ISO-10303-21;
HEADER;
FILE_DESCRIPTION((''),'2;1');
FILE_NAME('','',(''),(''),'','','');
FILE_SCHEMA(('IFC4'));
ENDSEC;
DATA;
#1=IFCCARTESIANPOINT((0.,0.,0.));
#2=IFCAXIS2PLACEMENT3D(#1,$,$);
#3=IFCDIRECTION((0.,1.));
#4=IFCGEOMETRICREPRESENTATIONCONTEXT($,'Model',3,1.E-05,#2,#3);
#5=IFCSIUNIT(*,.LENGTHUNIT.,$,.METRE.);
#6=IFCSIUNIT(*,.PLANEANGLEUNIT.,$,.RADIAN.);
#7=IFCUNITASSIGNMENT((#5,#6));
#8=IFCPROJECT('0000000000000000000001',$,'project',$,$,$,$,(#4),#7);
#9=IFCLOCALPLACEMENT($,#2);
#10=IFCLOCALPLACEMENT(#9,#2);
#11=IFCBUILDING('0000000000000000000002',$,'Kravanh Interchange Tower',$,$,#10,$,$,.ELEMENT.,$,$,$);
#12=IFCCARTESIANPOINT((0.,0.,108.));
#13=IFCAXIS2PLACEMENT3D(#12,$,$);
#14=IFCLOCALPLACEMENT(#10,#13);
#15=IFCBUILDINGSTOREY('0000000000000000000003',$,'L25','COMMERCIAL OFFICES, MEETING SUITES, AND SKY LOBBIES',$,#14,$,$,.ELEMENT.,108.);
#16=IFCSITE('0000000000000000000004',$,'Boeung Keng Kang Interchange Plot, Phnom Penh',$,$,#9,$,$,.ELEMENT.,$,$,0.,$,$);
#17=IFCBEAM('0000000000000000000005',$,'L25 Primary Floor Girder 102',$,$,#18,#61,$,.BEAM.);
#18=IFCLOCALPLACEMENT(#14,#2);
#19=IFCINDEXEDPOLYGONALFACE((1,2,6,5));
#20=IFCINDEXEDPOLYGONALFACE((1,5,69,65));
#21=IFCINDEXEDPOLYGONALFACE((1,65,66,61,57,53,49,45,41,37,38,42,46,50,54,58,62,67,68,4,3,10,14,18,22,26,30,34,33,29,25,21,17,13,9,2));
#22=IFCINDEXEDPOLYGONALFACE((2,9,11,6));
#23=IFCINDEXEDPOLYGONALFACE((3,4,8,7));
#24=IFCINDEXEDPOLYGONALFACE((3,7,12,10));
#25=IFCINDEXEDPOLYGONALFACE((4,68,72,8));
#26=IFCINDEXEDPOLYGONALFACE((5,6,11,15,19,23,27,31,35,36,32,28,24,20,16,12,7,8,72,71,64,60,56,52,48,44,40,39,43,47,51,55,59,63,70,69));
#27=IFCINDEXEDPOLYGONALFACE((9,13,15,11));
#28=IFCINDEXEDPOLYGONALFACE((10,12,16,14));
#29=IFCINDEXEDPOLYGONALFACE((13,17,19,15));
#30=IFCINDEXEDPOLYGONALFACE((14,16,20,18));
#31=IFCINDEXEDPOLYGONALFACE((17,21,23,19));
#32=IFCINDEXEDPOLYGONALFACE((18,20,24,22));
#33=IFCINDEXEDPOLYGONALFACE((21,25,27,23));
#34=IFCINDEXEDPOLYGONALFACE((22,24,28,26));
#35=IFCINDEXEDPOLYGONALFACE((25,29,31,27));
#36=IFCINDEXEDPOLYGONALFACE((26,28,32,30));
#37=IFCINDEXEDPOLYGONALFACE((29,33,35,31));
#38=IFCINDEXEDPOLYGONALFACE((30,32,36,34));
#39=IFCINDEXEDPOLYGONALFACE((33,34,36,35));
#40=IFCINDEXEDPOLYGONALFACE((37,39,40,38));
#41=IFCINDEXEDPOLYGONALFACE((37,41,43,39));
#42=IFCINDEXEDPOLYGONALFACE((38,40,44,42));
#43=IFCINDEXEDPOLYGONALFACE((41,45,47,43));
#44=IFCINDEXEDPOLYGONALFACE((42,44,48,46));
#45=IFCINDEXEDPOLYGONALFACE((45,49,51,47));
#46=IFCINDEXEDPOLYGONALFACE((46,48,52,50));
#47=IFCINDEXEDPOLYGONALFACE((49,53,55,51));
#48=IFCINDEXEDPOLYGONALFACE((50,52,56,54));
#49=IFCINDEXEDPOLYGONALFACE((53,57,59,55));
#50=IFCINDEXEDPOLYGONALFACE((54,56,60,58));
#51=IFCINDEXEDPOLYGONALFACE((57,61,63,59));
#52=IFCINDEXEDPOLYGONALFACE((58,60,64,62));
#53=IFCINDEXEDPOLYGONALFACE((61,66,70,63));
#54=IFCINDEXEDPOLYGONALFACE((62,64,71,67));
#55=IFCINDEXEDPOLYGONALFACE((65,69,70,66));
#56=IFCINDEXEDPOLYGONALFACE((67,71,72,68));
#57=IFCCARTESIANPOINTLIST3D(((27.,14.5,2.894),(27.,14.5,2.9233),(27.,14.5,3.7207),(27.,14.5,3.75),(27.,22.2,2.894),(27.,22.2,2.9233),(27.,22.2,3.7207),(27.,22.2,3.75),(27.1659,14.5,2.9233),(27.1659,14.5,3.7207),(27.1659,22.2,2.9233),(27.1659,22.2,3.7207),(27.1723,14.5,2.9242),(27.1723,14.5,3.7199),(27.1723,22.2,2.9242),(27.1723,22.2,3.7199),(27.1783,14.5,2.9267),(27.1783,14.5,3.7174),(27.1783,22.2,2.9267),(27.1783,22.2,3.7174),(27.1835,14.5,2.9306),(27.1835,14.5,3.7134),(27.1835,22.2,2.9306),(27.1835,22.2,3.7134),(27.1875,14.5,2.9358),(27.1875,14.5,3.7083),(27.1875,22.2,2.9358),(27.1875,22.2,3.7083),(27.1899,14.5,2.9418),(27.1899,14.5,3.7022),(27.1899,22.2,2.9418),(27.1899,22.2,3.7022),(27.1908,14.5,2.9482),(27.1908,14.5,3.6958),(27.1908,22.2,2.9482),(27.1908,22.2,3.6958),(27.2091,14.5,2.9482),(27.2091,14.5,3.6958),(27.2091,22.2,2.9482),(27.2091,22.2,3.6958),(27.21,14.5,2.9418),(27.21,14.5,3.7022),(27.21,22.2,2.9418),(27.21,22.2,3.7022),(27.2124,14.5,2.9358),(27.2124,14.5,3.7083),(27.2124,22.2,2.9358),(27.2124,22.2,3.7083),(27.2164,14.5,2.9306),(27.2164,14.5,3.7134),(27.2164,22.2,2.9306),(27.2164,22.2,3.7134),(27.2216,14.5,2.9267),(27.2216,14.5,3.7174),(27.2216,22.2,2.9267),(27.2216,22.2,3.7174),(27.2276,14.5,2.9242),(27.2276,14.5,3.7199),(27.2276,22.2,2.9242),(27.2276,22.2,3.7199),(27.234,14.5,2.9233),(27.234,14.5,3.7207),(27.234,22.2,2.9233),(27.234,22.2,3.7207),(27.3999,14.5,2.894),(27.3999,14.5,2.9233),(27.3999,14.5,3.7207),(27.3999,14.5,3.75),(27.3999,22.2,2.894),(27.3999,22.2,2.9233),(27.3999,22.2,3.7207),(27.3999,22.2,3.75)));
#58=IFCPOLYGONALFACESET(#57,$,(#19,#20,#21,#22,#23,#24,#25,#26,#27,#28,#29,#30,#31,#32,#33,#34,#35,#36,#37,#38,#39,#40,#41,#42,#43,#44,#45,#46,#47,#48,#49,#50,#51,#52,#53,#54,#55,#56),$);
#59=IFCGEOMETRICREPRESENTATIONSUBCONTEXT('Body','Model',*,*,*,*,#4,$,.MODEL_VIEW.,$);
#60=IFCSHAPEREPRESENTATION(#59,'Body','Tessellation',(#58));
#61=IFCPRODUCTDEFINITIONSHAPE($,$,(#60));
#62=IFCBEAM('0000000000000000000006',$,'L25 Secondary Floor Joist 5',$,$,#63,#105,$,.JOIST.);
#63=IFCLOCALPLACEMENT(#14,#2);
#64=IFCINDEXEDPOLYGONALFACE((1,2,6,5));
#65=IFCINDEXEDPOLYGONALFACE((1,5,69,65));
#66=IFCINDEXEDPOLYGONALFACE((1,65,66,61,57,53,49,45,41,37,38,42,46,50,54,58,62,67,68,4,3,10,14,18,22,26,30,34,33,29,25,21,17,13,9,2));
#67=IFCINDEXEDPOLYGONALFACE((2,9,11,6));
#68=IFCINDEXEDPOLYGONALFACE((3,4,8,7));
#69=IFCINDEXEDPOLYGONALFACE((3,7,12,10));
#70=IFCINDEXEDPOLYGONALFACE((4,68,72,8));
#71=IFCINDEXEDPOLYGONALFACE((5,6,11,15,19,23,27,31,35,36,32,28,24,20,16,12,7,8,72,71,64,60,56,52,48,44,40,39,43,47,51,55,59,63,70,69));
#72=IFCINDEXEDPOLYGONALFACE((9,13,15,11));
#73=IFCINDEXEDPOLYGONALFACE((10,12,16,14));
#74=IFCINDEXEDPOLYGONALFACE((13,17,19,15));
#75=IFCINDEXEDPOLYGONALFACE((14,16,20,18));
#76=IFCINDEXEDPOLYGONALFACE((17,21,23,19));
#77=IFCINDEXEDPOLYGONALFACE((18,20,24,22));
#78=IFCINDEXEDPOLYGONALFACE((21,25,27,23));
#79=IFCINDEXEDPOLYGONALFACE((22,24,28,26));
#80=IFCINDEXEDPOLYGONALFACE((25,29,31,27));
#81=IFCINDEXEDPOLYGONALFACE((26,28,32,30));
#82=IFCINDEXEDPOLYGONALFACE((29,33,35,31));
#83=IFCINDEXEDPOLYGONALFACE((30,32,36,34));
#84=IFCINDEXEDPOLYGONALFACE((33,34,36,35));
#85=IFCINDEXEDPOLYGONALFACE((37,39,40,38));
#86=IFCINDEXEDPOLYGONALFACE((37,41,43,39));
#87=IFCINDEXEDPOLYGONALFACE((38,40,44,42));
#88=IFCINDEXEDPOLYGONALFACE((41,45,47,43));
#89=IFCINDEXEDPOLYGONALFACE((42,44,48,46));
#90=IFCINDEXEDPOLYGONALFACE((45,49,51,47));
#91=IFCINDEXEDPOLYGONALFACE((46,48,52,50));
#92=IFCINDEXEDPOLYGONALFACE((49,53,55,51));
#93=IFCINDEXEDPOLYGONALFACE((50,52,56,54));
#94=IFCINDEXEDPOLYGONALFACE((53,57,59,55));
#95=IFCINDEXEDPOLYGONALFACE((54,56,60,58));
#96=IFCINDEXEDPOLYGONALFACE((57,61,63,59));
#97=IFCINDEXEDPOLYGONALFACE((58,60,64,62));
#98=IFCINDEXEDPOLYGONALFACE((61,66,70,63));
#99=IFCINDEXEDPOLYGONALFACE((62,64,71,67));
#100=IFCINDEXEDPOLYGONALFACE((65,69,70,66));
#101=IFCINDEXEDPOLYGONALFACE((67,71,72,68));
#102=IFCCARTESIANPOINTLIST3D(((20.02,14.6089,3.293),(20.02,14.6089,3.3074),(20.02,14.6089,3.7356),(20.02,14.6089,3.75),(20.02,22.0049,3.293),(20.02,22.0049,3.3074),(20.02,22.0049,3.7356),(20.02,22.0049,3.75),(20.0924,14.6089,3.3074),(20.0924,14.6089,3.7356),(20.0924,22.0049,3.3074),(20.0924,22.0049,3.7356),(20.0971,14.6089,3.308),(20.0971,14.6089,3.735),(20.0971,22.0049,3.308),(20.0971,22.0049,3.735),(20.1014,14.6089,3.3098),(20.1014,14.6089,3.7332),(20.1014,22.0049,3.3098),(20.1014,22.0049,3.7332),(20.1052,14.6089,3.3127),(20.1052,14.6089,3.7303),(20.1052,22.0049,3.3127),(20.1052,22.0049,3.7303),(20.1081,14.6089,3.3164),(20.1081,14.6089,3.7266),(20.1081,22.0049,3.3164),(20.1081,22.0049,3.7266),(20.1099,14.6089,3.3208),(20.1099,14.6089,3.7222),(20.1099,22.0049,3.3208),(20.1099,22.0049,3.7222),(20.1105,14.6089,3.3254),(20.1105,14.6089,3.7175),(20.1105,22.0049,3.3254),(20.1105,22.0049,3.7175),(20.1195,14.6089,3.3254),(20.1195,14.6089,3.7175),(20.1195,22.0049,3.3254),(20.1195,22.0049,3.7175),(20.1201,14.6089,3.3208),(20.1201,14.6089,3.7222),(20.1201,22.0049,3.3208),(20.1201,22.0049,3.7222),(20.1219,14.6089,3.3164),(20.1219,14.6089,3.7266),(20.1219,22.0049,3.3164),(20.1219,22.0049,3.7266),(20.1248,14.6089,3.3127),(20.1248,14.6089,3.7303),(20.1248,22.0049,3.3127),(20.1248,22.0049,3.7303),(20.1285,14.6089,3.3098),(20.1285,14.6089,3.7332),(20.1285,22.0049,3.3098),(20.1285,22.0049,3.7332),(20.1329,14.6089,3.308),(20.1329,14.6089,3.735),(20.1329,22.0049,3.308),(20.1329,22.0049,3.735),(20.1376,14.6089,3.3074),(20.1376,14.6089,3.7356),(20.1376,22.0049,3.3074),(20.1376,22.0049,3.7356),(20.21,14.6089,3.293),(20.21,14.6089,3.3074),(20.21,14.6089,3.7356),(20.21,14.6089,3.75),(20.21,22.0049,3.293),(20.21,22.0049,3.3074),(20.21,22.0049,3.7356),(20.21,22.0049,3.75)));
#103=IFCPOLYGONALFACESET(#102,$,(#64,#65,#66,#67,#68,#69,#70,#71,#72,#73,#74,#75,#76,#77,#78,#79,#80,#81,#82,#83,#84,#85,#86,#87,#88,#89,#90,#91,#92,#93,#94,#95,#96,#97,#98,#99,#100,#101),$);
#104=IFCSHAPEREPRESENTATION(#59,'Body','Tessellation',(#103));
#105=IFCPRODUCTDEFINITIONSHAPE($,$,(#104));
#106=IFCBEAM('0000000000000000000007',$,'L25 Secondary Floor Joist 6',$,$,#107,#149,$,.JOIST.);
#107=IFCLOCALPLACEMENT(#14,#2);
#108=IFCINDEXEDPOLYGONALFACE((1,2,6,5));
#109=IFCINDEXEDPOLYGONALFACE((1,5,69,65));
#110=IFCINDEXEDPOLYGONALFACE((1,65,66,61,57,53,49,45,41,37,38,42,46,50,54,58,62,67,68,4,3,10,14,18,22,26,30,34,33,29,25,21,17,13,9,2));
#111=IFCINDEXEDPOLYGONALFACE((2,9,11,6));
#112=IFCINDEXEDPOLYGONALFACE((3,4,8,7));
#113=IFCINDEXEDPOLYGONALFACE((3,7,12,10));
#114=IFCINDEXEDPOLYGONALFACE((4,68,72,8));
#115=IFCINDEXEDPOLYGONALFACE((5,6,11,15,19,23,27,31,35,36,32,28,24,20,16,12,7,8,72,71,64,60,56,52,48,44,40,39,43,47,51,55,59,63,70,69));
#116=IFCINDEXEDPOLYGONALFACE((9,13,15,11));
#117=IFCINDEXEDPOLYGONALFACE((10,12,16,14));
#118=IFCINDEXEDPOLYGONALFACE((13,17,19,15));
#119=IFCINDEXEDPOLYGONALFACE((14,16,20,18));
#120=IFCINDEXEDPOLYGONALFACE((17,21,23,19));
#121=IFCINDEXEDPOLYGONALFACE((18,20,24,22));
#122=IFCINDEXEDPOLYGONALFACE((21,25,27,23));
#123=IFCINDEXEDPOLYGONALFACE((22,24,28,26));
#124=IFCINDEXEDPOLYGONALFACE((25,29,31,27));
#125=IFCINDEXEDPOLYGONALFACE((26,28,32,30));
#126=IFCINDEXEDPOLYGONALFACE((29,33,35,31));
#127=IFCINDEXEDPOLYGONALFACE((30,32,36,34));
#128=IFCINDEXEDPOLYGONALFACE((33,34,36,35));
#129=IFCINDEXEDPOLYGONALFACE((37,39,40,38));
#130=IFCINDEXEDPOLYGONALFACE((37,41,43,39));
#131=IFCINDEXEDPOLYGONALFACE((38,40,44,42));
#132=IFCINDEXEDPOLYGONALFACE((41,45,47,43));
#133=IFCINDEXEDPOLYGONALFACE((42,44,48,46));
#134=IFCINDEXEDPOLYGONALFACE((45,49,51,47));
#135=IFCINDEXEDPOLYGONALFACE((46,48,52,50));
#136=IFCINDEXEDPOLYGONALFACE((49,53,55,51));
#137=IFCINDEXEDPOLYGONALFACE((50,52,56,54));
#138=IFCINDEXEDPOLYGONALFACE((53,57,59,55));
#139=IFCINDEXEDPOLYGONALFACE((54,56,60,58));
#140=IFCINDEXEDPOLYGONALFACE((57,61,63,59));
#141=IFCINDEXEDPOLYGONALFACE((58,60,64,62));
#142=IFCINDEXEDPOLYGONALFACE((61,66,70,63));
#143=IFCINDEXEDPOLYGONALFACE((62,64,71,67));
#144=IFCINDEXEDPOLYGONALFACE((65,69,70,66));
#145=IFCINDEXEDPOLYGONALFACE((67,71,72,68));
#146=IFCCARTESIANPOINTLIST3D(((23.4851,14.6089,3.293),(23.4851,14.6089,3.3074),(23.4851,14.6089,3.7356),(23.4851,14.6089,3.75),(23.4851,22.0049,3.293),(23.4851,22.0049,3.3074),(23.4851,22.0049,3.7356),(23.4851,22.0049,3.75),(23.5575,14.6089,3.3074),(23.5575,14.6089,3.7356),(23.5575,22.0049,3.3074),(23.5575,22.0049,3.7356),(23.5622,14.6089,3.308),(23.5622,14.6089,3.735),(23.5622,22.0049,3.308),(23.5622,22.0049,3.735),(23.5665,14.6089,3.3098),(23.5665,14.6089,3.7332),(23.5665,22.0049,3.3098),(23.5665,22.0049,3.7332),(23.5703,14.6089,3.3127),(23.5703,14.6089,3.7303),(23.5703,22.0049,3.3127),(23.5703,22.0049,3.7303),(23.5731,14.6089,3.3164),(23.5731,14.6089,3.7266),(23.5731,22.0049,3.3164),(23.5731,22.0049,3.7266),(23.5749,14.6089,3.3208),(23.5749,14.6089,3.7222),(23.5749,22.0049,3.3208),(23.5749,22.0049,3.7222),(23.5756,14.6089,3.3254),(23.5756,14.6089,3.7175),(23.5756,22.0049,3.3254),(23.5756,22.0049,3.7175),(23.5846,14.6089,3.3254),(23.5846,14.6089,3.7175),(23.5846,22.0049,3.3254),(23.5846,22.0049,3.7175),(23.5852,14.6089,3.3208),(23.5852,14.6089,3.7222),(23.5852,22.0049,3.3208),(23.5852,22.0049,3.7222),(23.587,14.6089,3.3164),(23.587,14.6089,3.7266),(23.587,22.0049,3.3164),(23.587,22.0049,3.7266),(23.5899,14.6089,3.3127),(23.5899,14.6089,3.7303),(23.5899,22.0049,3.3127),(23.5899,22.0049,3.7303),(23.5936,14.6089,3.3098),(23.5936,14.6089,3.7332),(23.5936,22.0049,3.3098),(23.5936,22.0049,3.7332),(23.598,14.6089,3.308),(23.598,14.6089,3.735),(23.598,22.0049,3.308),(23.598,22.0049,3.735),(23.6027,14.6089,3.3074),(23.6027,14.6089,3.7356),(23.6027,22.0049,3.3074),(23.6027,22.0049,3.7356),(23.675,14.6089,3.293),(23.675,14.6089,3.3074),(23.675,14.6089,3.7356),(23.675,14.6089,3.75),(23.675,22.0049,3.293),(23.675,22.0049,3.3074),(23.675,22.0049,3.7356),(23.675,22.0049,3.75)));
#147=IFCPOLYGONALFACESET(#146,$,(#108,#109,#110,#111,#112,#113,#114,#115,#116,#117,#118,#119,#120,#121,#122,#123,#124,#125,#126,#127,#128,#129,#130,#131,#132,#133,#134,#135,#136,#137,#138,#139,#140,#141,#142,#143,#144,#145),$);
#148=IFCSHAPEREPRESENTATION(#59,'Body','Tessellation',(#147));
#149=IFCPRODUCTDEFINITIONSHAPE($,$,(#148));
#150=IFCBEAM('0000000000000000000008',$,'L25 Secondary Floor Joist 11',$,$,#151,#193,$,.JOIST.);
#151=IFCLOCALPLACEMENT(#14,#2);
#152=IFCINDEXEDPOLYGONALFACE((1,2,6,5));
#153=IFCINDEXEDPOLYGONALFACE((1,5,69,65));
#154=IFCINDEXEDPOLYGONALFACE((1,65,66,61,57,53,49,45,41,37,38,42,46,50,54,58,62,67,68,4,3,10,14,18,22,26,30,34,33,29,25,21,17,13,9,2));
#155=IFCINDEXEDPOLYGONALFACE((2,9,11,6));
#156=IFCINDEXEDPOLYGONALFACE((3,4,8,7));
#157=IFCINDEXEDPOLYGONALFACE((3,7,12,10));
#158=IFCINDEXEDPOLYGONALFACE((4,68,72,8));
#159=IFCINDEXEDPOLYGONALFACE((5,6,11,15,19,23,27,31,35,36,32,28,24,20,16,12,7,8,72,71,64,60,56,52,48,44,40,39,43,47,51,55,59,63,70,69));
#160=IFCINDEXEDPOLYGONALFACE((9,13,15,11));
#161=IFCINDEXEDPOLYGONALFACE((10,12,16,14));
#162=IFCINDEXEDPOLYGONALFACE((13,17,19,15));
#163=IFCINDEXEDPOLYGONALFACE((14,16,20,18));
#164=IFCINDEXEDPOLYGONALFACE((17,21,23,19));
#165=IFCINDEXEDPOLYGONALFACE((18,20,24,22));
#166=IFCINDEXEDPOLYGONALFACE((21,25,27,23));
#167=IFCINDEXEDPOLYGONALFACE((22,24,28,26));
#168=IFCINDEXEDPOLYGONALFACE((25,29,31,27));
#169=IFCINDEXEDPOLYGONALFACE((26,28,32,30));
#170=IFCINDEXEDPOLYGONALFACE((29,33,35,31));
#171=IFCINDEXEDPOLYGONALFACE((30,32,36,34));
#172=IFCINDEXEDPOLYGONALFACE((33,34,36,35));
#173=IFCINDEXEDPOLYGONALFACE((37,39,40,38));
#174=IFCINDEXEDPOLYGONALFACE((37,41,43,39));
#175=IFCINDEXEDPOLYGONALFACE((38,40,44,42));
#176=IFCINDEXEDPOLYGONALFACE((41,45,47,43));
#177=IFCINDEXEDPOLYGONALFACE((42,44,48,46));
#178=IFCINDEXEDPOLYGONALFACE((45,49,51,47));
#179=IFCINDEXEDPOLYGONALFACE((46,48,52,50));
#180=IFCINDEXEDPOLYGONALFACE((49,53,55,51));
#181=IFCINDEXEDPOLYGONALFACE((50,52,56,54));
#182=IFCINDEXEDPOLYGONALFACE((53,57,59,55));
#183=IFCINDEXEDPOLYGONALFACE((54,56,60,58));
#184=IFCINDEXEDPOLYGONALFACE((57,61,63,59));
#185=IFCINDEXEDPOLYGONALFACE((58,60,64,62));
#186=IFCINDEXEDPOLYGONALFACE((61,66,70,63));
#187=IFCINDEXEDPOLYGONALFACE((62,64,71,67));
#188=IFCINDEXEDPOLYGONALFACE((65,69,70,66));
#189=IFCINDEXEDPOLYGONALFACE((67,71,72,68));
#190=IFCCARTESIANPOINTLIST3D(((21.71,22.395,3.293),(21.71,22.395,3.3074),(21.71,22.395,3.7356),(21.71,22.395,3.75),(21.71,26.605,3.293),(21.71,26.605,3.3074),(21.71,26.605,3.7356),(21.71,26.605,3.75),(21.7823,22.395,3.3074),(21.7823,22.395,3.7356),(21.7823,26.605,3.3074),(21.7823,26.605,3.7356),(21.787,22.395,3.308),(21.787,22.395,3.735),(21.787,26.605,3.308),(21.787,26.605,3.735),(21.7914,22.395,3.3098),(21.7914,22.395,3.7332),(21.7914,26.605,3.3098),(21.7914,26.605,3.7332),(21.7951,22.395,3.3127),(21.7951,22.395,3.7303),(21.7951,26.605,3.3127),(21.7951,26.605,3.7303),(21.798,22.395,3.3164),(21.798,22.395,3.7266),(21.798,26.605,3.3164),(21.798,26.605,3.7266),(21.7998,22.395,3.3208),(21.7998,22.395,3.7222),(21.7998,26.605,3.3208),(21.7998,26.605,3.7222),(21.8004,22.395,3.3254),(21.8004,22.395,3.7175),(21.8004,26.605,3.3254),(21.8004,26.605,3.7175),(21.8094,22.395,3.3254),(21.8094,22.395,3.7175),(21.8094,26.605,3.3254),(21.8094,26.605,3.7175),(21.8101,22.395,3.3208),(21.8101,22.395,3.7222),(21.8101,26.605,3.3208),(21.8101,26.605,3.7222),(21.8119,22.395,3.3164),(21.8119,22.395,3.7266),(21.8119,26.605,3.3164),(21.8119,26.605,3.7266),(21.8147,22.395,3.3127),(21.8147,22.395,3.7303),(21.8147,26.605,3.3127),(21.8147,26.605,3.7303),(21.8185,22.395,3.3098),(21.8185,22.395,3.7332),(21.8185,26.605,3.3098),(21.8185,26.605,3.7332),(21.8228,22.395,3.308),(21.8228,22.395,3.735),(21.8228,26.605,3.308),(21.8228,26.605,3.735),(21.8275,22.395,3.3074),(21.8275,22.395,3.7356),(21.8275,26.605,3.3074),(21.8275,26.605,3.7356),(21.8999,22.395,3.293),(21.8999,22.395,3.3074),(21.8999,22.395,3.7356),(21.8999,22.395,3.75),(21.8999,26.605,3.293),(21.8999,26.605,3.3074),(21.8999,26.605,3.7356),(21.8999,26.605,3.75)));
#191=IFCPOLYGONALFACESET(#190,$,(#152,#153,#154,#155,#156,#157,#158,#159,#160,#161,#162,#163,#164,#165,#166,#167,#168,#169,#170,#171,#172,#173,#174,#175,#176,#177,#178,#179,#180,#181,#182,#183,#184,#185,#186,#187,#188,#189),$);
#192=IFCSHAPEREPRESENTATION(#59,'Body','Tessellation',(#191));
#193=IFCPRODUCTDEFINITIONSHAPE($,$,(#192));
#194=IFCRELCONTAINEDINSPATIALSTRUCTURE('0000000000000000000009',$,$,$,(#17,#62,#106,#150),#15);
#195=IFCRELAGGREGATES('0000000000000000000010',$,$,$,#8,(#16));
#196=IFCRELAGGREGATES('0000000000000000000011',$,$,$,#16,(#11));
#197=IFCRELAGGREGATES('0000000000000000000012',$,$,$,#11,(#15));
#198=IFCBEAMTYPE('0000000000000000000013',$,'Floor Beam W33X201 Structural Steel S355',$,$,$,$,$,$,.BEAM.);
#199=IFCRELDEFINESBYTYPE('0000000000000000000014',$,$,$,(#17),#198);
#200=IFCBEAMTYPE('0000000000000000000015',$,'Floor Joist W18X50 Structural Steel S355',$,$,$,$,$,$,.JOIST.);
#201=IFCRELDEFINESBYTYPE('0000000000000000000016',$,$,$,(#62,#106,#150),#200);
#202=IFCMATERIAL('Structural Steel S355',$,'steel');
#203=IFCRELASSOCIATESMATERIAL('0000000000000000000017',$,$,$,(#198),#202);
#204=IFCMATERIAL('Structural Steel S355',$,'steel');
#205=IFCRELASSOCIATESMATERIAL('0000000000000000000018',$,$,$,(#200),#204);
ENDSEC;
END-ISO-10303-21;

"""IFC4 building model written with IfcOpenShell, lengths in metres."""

from ifc_helpers import new_model, si_unit, direction, frame, origin, origin_2d, place, context, subcontext, project, spatial, i_section, extrude, material, material_profile, profile_set, type_object, element, save


model = new_model("IFC4")

# Units and contexts
model_context = context("Model", 3, precision=1e-05, world=origin(), true_north=direction((0.0, 1.0)))
body_context = subcontext(model_context, "Body", "Model", "MODEL_VIEW")
ifc_project = project(units=[si_unit("LENGTHUNIT", "METRE"), si_unit("PLANEANGLEUNIT", "RADIAN")], contexts=[model_context])

# Site, building, storey
site_placement = place(None, origin())
site = spatial("IfcSite", under=ifc_project, at=site_placement, Name="Boeung Keng Kang Interchange Plot, Phnom Penh", CompositionType="ELEMENT", RefElevation=0.0)
building_placement = place(site_placement, origin())
building = spatial("IfcBuilding", under=site, at=building_placement, Name="Kravanh Interchange Tower", CompositionType="ELEMENT")
storey_placement = place(building_placement, frame((0.0, 0.0, 108.0)))
storey = spatial("IfcBuildingStorey", under=building, at=storey_placement, Name="L25", Description="COMMERCIAL OFFICES, MEETING SUITES, AND SKY LOBBIES", CompositionType="ELEMENT", Elevation=108.0)

# Beams
ifc_material_1 = material(Name="Structural Steel S355", Category="steel")
ifc_material_profile_1 = material_profile(ifc_material_1, i_section(OverallWidth=0.3999, OverallDepth=0.856, WebThickness=0.0183, FlangeThickness=0.0293, FilletRadius=0.0249, at=origin_2d()), Name="W33X201")
ifc_profile_set_1 = profile_set([ifc_material_profile_1], Name="Structural Steel S355")
beam_type_1 = type_object("IfcBeamType", Name="Floor Beam W33X201 Structural Steel S355", PredefinedType="BEAM", material=ifc_profile_set_1)
beam_1_placement = place(storey_placement, frame((27.2, 14.5, 3.322), z_axis=(0.0, 1.0, 0.0), x_axis=(-1.0, 0.0, 0.0)))
element("IfcBeam", 1, at=beam_1_placement, inside=storey, type_object=beam_type_1, Name="L25 Primary Floor Girder 102", PredefinedType="BEAM", context=body_context, shape_type="SweptSolid", body=[
    extrude(i_section(OverallWidth=0.3999, OverallDepth=0.856, WebThickness=0.0183, FlangeThickness=0.0293, FilletRadius=0.0249, at=origin_2d()), origin(), (0.0, 0.0, 1.0), 7.7),
])
ifc_material_2 = material(Name="Structural Steel S355", Category="steel")
ifc_material_profile_2 = material_profile(ifc_material_2, i_section(OverallWidth=0.1899, OverallDepth=0.457, WebThickness=0.009, FlangeThickness=0.0144, FilletRadius=0.0181, at=origin_2d()), Name="W18X50")
ifc_profile_set_2 = profile_set([ifc_material_profile_2], Name="Structural Steel S355")
beam_type_2 = type_object("IfcBeamType", Name="Floor Joist W18X50 Structural Steel S355", PredefinedType="JOIST", material=ifc_profile_set_2)
for number, where, z_axis, x_axis, name in (
    (2, (20.115, 14.6089, 3.5215), (0.0, 1.0, 0.0), (-1.0, 0.0, 0.0), "L25 Secondary Floor Joist 5"),
    (3, (23.5801, 14.6089, 3.5215), (0.0, 1.0, 0.0), (-1.0, 0.0, 0.0), "L25 Secondary Floor Joist 6"),
):
    element("IfcBeam", number, at=place(storey_placement, frame(where, z_axis=z_axis, x_axis=x_axis)), inside=storey, type_object=beam_type_2, Name=name, PredefinedType="JOIST", context=body_context, shape_type="SweptSolid", body=[
        extrude(i_section(OverallWidth=0.1899, OverallDepth=0.457, WebThickness=0.009, FlangeThickness=0.0144, FilletRadius=0.0181, at=origin_2d()), origin(), (0.0, 0.0, 1.0), 7.396),
    ])
for number, where, z_axis, x_axis, name in (
    (4, (21.8049, 22.395, 3.5215), (0.0, 1.0, 0.0), (-1.0, 0.0, 0.0), "L25 Secondary Floor Joist 11"),
):
    element("IfcBeam", number, at=place(storey_placement, frame(where, z_axis=z_axis, x_axis=x_axis)), inside=storey, type_object=beam_type_2, Name=name, PredefinedType="JOIST", context=body_context, shape_type="SweptSolid", body=[
        extrude(i_section(OverallWidth=0.1899, OverallDepth=0.457, WebThickness=0.009, FlangeThickness=0.0144, FilletRadius=0.0181, at=origin_2d()), origin(), (0.0, 0.0, 1.0), 4.21),
    ])

save(model, "model.ifc")
